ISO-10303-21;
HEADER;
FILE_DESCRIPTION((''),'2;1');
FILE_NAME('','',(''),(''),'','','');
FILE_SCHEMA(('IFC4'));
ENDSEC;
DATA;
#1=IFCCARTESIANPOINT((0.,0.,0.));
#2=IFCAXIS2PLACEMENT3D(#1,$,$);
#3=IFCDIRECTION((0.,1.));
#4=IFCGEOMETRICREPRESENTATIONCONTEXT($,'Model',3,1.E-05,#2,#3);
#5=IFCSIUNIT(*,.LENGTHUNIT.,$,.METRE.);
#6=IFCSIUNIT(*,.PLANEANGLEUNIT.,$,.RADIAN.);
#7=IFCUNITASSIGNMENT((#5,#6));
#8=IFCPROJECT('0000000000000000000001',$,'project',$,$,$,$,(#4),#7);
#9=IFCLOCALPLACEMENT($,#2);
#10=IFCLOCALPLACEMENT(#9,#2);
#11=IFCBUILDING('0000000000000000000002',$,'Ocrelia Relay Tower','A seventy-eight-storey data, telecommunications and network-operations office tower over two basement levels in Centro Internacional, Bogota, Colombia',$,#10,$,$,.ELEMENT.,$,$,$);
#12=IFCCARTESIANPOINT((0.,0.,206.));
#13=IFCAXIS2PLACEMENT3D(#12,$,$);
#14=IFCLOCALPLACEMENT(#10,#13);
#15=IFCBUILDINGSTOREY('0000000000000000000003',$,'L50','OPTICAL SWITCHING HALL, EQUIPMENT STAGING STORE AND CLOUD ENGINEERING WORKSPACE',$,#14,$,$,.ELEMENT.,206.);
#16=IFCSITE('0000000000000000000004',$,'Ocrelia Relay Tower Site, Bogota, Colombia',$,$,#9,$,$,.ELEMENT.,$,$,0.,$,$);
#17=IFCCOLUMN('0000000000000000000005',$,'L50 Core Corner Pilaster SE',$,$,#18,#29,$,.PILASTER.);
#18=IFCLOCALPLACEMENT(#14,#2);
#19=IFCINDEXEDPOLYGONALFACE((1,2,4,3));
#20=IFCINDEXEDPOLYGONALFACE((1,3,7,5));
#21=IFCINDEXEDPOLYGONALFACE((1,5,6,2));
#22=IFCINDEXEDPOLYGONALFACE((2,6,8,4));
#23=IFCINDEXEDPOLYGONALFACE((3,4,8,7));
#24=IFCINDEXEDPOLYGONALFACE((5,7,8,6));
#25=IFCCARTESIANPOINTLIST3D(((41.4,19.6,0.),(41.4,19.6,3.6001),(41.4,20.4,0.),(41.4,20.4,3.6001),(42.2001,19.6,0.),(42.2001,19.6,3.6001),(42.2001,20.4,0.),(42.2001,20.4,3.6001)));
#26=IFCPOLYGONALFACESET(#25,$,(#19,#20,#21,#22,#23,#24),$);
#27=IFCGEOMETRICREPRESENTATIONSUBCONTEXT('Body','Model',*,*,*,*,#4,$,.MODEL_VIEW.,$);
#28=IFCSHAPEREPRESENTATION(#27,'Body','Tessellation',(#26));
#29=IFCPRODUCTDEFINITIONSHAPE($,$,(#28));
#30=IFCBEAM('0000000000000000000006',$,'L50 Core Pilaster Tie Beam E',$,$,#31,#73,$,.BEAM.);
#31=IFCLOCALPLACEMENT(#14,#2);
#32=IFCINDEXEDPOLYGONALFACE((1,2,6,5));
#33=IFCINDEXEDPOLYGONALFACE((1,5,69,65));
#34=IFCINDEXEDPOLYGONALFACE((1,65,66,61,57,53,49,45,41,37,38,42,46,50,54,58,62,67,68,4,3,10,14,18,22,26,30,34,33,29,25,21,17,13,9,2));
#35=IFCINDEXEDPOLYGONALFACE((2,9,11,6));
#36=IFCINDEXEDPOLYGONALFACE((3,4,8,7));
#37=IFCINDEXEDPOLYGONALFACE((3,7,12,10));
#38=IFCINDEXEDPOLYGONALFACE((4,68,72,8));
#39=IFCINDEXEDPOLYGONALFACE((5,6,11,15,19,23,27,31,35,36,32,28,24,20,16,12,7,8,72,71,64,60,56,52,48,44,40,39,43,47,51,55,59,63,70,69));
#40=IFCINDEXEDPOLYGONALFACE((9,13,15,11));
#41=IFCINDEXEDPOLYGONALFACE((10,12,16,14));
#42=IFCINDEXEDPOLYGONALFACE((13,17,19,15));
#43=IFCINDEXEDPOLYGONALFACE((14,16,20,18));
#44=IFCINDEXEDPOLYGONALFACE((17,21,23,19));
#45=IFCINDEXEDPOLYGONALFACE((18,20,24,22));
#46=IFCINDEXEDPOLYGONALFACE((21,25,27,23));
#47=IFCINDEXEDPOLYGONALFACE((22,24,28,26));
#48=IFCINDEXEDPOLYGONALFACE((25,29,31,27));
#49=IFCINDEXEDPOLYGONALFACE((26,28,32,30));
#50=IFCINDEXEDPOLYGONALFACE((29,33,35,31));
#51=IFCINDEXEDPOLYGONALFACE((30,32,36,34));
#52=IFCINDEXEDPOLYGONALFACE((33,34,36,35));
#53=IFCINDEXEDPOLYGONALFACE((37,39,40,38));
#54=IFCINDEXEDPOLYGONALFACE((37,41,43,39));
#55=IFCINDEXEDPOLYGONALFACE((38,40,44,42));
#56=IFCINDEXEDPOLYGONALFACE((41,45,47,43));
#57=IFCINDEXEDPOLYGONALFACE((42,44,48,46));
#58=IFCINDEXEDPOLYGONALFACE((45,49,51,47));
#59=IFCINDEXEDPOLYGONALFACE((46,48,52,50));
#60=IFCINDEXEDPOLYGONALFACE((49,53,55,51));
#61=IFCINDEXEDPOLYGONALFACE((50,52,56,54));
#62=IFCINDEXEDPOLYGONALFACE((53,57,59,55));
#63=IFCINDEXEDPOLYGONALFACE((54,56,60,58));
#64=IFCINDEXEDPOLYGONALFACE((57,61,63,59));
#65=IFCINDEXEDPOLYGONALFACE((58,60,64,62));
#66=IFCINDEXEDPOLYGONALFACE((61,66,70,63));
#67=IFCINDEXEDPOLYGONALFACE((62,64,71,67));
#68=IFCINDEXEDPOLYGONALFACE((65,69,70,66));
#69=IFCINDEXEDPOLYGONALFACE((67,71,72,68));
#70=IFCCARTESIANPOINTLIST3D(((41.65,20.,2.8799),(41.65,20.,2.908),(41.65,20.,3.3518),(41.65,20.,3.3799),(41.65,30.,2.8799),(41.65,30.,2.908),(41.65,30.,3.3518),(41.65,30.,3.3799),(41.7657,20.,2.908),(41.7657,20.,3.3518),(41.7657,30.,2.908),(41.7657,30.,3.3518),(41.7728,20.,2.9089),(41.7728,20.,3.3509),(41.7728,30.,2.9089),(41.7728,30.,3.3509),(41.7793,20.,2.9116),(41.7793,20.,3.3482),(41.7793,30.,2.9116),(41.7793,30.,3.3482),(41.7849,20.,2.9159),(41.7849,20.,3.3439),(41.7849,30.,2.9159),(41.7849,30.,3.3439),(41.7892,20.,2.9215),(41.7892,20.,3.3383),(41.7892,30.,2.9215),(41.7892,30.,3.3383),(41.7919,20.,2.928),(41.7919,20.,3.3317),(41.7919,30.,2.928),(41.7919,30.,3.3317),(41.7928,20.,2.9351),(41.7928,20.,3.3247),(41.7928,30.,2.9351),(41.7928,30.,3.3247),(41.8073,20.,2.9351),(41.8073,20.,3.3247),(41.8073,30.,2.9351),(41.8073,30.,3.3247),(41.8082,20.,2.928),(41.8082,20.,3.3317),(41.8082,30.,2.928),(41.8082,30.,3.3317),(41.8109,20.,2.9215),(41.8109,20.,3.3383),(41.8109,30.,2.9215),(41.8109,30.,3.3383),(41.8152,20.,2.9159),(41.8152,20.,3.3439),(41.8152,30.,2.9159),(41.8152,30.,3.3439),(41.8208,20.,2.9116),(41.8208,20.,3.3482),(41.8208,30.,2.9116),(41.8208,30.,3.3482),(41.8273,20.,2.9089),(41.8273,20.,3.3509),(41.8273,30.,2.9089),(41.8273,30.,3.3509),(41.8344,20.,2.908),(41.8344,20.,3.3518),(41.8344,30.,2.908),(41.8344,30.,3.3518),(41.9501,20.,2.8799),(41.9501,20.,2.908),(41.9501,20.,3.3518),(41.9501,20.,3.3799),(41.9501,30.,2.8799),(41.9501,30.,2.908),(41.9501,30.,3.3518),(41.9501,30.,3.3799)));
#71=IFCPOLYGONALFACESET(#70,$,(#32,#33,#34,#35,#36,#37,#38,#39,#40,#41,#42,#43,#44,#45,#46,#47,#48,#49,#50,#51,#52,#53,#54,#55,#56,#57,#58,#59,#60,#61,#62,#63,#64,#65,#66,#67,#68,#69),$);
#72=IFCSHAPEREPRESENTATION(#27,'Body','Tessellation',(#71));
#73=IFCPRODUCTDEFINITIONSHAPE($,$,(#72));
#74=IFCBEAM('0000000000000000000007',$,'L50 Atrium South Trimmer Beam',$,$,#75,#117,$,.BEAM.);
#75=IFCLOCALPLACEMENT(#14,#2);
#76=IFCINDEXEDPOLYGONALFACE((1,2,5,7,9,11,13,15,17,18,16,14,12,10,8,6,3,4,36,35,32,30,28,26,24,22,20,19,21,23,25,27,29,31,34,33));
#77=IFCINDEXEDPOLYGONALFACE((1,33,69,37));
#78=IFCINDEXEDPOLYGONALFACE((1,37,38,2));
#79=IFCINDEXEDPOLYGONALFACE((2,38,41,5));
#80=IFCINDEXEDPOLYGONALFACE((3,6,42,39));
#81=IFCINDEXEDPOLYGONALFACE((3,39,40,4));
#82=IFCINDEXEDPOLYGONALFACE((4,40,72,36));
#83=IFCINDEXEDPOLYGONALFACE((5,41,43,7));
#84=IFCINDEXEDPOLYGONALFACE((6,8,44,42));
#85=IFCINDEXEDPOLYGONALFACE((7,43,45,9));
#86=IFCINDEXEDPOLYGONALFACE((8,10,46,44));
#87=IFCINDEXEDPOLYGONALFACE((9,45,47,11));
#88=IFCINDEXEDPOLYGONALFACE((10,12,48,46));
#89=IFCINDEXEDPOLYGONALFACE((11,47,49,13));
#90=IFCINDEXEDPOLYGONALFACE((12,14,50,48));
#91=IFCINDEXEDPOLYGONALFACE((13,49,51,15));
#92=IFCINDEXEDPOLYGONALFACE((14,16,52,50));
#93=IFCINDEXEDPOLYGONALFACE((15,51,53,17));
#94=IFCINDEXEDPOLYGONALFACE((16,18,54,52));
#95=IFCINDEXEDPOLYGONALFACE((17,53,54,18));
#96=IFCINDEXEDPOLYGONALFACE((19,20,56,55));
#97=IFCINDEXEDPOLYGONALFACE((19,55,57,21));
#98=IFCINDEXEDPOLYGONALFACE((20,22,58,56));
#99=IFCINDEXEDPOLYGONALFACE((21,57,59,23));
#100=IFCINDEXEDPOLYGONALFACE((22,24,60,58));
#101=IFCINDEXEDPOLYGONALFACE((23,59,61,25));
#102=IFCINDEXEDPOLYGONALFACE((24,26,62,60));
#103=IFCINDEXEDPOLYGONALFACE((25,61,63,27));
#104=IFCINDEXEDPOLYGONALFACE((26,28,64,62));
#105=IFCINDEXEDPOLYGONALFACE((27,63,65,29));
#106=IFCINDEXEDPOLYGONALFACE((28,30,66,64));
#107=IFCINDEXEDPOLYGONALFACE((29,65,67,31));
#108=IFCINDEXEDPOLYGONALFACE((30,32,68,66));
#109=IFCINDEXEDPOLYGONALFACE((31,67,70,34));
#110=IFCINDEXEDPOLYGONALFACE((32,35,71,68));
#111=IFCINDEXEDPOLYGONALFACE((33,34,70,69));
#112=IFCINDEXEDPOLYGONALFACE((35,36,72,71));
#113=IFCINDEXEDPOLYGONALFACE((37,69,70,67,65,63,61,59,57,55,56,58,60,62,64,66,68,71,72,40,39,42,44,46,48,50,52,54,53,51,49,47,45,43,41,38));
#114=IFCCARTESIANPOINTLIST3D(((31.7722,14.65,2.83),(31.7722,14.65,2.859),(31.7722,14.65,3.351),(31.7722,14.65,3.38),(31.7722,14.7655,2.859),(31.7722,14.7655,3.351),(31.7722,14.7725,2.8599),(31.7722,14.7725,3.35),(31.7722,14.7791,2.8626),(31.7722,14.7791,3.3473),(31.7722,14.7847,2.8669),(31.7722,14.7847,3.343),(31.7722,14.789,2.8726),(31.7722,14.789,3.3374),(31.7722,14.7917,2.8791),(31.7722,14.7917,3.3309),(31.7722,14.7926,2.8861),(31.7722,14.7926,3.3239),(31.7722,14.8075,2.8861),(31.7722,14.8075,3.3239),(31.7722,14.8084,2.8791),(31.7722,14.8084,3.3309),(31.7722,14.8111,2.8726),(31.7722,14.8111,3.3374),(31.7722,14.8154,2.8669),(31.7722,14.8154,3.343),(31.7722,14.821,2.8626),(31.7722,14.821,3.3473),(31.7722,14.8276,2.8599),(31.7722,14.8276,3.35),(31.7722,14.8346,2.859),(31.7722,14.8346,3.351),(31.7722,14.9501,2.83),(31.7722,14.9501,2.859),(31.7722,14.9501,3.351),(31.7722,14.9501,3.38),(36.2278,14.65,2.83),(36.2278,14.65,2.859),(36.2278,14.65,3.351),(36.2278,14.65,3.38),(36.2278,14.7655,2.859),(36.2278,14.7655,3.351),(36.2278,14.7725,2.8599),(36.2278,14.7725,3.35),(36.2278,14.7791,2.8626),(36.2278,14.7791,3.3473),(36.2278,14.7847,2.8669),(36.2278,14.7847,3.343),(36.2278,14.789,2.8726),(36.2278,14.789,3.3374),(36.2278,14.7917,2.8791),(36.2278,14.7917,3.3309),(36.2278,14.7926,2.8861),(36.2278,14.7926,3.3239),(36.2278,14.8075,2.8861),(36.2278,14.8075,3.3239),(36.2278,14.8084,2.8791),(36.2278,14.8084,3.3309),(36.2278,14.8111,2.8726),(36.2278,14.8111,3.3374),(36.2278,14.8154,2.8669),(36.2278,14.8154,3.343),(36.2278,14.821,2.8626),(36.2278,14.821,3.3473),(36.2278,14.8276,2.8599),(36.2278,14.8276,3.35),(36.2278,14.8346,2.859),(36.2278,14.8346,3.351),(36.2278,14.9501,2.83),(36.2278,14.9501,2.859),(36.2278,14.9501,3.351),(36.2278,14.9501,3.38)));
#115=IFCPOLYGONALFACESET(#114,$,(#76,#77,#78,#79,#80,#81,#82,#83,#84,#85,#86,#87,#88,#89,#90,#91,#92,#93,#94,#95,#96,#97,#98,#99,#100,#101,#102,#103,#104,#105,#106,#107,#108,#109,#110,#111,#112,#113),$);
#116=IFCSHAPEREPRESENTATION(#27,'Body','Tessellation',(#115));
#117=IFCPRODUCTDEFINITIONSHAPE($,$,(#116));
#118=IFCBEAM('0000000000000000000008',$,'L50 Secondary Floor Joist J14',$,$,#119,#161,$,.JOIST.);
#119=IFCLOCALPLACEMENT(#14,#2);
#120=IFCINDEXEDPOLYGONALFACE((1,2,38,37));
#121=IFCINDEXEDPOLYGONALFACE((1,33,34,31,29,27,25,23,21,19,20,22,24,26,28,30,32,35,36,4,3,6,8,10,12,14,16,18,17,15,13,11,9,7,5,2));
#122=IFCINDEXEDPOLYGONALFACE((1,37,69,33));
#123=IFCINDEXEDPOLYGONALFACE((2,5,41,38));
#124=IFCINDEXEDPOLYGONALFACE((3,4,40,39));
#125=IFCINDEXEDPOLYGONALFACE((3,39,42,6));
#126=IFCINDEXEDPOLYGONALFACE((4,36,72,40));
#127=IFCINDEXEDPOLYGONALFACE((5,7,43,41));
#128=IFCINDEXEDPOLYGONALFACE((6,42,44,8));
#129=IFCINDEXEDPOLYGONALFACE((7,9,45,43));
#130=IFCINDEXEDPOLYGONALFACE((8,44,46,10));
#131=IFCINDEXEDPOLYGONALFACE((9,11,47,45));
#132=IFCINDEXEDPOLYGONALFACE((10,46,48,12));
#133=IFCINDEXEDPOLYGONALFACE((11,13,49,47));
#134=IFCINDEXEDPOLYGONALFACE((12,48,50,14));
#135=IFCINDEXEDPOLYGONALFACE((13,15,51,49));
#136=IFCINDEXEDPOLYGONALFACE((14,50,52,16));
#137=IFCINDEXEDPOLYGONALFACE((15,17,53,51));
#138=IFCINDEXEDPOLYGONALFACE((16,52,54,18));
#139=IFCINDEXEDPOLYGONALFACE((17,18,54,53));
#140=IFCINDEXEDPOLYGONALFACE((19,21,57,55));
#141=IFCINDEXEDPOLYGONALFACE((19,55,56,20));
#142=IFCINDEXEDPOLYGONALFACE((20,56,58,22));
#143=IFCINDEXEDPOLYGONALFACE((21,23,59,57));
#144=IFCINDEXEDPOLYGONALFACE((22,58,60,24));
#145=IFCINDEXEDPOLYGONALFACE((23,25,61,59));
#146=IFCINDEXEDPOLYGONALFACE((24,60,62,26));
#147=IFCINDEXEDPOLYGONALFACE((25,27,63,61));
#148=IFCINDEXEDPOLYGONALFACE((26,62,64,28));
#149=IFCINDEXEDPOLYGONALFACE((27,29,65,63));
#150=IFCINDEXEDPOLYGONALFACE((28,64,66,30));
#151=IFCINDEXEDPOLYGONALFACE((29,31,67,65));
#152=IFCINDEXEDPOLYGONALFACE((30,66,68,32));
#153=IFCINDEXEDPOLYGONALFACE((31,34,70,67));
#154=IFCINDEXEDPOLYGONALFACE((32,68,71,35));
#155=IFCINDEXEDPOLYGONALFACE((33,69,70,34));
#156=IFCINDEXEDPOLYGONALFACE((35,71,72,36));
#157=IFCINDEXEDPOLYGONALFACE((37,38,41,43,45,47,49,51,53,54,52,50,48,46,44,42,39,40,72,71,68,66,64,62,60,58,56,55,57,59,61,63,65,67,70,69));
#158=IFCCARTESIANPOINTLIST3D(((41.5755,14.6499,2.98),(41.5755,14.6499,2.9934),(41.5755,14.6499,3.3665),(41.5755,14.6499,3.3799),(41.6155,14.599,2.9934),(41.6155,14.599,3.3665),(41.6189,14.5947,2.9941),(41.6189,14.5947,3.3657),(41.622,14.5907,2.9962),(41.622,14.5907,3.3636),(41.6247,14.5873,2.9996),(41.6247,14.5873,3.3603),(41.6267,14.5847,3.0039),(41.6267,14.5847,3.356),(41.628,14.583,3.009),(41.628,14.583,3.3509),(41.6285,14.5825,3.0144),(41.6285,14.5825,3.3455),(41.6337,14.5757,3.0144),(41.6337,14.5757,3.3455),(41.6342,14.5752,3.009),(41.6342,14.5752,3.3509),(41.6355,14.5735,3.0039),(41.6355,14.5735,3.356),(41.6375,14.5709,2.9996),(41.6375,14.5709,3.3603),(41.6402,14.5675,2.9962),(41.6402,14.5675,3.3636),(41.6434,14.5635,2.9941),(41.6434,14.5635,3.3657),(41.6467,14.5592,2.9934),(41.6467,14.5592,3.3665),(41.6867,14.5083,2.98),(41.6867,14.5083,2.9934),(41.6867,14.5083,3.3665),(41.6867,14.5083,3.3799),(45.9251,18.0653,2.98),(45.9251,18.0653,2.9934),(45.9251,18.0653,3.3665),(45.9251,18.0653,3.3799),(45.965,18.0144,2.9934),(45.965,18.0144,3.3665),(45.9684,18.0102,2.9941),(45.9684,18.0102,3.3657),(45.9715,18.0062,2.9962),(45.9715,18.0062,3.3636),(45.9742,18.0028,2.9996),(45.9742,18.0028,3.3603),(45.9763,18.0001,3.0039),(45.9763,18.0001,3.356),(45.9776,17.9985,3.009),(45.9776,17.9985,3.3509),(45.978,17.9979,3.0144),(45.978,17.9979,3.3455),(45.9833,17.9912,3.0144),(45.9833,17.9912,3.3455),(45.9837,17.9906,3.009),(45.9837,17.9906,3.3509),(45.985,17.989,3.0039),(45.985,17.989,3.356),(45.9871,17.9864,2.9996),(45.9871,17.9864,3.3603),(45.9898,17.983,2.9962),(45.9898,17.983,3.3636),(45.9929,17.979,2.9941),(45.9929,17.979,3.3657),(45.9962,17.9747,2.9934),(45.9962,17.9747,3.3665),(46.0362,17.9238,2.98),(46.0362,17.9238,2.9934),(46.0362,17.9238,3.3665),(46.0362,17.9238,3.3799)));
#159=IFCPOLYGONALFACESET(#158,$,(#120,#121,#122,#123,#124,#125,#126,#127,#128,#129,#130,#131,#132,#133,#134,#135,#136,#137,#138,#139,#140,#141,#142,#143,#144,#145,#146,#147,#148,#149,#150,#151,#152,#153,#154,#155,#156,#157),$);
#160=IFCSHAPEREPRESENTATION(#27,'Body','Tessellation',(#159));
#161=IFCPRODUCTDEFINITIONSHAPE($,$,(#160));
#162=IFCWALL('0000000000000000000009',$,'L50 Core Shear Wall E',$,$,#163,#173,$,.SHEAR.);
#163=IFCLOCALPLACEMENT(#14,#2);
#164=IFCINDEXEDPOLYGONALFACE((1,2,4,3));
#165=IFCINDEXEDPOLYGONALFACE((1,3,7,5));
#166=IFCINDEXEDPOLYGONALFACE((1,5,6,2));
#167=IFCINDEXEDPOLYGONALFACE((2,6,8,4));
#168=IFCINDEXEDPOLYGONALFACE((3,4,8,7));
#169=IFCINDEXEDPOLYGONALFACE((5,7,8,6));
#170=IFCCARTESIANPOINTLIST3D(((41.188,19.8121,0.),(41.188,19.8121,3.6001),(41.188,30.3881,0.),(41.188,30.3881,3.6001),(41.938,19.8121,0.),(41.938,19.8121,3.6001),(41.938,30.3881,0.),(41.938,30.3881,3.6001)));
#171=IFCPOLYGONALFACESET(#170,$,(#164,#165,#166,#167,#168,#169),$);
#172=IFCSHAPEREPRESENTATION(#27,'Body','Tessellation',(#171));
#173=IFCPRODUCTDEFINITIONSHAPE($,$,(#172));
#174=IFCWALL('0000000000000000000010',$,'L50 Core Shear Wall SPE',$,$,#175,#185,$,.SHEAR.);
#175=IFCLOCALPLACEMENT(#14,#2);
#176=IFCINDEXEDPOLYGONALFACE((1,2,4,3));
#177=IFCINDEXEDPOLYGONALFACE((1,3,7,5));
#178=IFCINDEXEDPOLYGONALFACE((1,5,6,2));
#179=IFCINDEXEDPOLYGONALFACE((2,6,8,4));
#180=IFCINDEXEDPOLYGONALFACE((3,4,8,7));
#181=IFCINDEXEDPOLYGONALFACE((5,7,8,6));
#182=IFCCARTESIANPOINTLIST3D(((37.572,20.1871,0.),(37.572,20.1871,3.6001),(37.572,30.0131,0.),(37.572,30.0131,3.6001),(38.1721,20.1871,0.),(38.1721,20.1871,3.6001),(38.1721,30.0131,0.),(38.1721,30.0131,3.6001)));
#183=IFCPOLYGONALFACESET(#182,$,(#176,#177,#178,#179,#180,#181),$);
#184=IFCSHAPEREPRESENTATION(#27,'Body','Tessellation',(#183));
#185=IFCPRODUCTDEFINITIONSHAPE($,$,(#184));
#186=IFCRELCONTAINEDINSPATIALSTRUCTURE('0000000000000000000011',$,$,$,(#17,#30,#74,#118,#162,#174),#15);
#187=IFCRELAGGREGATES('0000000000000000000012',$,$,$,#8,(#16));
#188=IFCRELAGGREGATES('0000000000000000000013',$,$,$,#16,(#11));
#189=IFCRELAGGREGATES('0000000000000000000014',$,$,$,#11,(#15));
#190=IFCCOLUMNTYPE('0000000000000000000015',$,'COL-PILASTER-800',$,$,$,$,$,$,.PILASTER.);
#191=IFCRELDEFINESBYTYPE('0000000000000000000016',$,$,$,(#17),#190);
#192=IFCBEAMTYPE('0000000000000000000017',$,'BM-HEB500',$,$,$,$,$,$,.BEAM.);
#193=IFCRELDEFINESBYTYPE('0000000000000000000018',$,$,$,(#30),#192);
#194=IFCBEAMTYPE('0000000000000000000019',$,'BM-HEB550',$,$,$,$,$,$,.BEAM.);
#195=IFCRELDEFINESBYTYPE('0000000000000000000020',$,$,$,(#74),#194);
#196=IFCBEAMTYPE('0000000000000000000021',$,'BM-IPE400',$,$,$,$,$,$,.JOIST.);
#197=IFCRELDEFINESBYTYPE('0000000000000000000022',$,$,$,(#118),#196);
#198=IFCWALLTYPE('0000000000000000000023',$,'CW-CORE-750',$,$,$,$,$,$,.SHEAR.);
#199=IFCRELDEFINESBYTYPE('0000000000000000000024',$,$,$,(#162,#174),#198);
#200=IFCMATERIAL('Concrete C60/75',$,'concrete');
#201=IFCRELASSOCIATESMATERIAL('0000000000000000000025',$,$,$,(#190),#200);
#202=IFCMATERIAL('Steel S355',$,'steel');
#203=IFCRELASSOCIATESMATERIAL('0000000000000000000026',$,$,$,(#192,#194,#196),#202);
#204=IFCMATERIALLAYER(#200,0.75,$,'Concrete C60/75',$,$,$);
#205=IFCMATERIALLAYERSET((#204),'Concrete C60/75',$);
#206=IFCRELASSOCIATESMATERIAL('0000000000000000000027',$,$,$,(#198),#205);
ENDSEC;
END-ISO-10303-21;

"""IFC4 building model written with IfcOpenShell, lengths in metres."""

from ifc_helpers import new_model, si_unit, direction, frame, frame_2d, origin, origin_2d, place, context, subcontext, project, spatial, rectangle, i_section, extrude, material, layer, layer_set, material_profile, profile_set, type_object, element, save


model = new_model("IFC4")

# Units and contexts
model_context = context("Model", 3, precision=1e-05, world=origin(), true_north=direction((0.0, 1.0)))
body_context = subcontext(model_context, "Body", "Model", "MODEL_VIEW")
ifc_project = project(units=[si_unit("LENGTHUNIT", "METRE"), si_unit("PLANEANGLEUNIT", "RADIAN")], contexts=[model_context])

# Site, building, storey
site_placement = place(None, origin())
site = spatial("IfcSite", under=ifc_project, at=site_placement, Name="Ocrelia Relay Tower Site, Bogota, Colombia", CompositionType="ELEMENT", RefElevation=0.0)
building_placement = place(site_placement, origin())
building = spatial("IfcBuilding", under=site, at=building_placement, Name="Ocrelia Relay Tower", Description="A seventy-eight-storey data, telecommunications and network-operations office tower over two basement levels in Centro Internacional, Bogota, Colombia", CompositionType="ELEMENT")
storey_placement = place(building_placement, frame((0.0, 0.0, 206.0)))
storey = spatial("IfcBuildingStorey", under=building, at=storey_placement, Name="L50", Description="OPTICAL SWITCHING HALL, EQUIPMENT STAGING STORE AND CLOUD ENGINEERING WORKSPACE", CompositionType="ELEMENT", Elevation=206.0)

# Column
ifc_material_1 = material(Name="Concrete C60/75", Category="concrete")
ifc_material_profile_1 = material_profile(ifc_material_1, rectangle(XDim=0.8, YDim=0.8, at=origin_2d()), Name="RC-COL-800x800")
ifc_profile_set_1 = profile_set([ifc_material_profile_1], Name="Concrete C60/75")
column_type = type_object("IfcColumnType", Name="COL-PILASTER-800", PredefinedType="PILASTER", material=ifc_profile_set_1)
column_placement = place(storey_placement, frame((41.8, 20.0, 0.0), z_axis=(0.0, 0.0, 1.0), x_axis=(1.0, 0.0, 0.0)))
element("IfcColumn", 1, at=column_placement, inside=storey, type_object=column_type, Name="L50 Core Corner Pilaster SE", PredefinedType="PILASTER", context=body_context, shape_type="SweptSolid", body=[
    extrude(rectangle(XDim=0.8, YDim=0.8, at=origin_2d()), origin(), (0.0, 0.0, 1.0), 3.6001),
])

# Beams
ifc_material_2 = material(Name="Steel S355", Category="steel")
ifc_material_profile_2 = material_profile(ifc_material_2, i_section(OverallWidth=0.3, OverallDepth=0.5, WebThickness=0.0144, FlangeThickness=0.0281, FilletRadius=0.0271, at=origin_2d()), Name="HEB 500")
ifc_profile_set_2 = profile_set([ifc_material_profile_2], Name="Steel S355")
beam_type_1 = type_object("IfcBeamType", Name="BM-HEB500", PredefinedType="BEAM", material=ifc_profile_set_2)
beam_1_placement = place(storey_placement, frame((41.8, 20.0, 3.1299), z_axis=(0.0, 1.0, 0.0), x_axis=(-1.0, 0.0, 0.0)))
element("IfcBeam", 2, at=beam_1_placement, inside=storey, type_object=beam_type_1, Name="L50 Core Pilaster Tie Beam E", PredefinedType="BEAM", context=body_context, shape_type="SweptSolid", body=[
    extrude(i_section(OverallWidth=0.3, OverallDepth=0.5, WebThickness=0.0144, FlangeThickness=0.0281, FilletRadius=0.0271, at=origin_2d()), origin(), (0.0, 0.0, 1.0), 10.0),
])
ifc_material_profile_3 = material_profile(ifc_material_2, i_section(OverallWidth=0.3, OverallDepth=0.55, WebThickness=0.0149, FlangeThickness=0.0291, FilletRadius=0.0271, at=origin_2d()), Name="HEB 550")
ifc_profile_set_3 = profile_set([ifc_material_profile_3], Name="Steel S355")
beam_type_2 = type_object("IfcBeamType", Name="BM-HEB550", PredefinedType="BEAM", material=ifc_profile_set_3)
beam_2_placement = place(storey_placement, frame((31.7722, 14.8, 3.105), z_axis=(1.0, 0.0, 0.0), x_axis=(0.0, 1.0, 0.0)))
element("IfcBeam", 3, at=beam_2_placement, inside=storey, type_object=beam_type_2, Name="L50 Atrium South Trimmer Beam", PredefinedType="BEAM", context=body_context, shape_type="SweptSolid", body=[
    extrude(i_section(OverallWidth=0.3, OverallDepth=0.55, WebThickness=0.0149, FlangeThickness=0.0291, FilletRadius=0.0271, at=origin_2d()), origin(), (0.0, 0.0, 1.0), 4.4556),
])
ifc_material_profile_4 = material_profile(ifc_material_2, i_section(OverallWidth=0.1799, OverallDepth=0.3999, WebThickness=0.0085, FlangeThickness=0.0134, FilletRadius=0.021, at=origin_2d()), Name="IPE 400")
ifc_profile_set_4 = profile_set([ifc_material_profile_4], Name="Steel S355")
beam_type_3 = type_object("IfcBeamType", Name="BM-IPE400", PredefinedType="JOIST", material=ifc_profile_set_4)
beam_3_placement = place(storey_placement, frame((41.6311, 14.5791, 3.1799), z_axis=(0.786496, 0.617595, 0.0), x_axis=(-0.617595, 0.786496, 0.0)))
element("IfcBeam", 4, at=beam_3_placement, inside=storey, type_object=beam_type_3, Name="L50 Secondary Floor Joist J14", PredefinedType="JOIST", context=body_context, shape_type="SweptSolid", body=[
    extrude(i_section(OverallWidth=0.1799, OverallDepth=0.3999, WebThickness=0.0085, FlangeThickness=0.0134, FilletRadius=0.021, at=origin_2d()), origin(), (0.0, 0.0, 1.0), 5.5303),
])

# Walls
ifc_layer_1 = layer(ifc_material_1, 0.75, Name="Concrete C60/75")
ifc_layer_set_1 = layer_set([ifc_layer_1], Name="Concrete C60/75")
wall_type_1 = type_object("IfcWallType", Name="CW-CORE-750", PredefinedType="SHEAR", material=ifc_layer_set_1)
wall_1_placement = place(storey_placement, frame((41.563, 19.812, 0.0), z_axis=(0.0, 0.0, 1.0), x_axis=(0.0, 1.0, 0.0)))
element("IfcWall", 5, at=wall_1_placement, inside=storey, type_object=wall_type_1, Name="L50 Core Shear Wall E", PredefinedType="SHEAR", context=body_context, shape_type="SweptSolid", body=[
    extrude(rectangle(XDim=10.5759, YDim=0.75, at=frame_2d((5.2881, 0.0))), origin(), (0.0, 0.0, 1.0), 3.6001),
])
wall_2_placement = place(storey_placement, frame((37.8721, 20.187, 0.0), z_axis=(0.0, 0.0, 1.0), x_axis=(0.0, 1.0, 0.0)))
element("IfcWall", 6, at=wall_2_placement, inside=storey, type_object=wall_type_1, Name="L50 Core Shear Wall SPE", PredefinedType="SHEAR", context=body_context, shape_type="SweptSolid", body=[
    extrude(rectangle(XDim=9.8259, YDim=0.6001, at=frame_2d((4.9131, 0.0))), origin(), (0.0, 0.0, 1.0), 3.6001),
])

save(model, "model.ifc")
